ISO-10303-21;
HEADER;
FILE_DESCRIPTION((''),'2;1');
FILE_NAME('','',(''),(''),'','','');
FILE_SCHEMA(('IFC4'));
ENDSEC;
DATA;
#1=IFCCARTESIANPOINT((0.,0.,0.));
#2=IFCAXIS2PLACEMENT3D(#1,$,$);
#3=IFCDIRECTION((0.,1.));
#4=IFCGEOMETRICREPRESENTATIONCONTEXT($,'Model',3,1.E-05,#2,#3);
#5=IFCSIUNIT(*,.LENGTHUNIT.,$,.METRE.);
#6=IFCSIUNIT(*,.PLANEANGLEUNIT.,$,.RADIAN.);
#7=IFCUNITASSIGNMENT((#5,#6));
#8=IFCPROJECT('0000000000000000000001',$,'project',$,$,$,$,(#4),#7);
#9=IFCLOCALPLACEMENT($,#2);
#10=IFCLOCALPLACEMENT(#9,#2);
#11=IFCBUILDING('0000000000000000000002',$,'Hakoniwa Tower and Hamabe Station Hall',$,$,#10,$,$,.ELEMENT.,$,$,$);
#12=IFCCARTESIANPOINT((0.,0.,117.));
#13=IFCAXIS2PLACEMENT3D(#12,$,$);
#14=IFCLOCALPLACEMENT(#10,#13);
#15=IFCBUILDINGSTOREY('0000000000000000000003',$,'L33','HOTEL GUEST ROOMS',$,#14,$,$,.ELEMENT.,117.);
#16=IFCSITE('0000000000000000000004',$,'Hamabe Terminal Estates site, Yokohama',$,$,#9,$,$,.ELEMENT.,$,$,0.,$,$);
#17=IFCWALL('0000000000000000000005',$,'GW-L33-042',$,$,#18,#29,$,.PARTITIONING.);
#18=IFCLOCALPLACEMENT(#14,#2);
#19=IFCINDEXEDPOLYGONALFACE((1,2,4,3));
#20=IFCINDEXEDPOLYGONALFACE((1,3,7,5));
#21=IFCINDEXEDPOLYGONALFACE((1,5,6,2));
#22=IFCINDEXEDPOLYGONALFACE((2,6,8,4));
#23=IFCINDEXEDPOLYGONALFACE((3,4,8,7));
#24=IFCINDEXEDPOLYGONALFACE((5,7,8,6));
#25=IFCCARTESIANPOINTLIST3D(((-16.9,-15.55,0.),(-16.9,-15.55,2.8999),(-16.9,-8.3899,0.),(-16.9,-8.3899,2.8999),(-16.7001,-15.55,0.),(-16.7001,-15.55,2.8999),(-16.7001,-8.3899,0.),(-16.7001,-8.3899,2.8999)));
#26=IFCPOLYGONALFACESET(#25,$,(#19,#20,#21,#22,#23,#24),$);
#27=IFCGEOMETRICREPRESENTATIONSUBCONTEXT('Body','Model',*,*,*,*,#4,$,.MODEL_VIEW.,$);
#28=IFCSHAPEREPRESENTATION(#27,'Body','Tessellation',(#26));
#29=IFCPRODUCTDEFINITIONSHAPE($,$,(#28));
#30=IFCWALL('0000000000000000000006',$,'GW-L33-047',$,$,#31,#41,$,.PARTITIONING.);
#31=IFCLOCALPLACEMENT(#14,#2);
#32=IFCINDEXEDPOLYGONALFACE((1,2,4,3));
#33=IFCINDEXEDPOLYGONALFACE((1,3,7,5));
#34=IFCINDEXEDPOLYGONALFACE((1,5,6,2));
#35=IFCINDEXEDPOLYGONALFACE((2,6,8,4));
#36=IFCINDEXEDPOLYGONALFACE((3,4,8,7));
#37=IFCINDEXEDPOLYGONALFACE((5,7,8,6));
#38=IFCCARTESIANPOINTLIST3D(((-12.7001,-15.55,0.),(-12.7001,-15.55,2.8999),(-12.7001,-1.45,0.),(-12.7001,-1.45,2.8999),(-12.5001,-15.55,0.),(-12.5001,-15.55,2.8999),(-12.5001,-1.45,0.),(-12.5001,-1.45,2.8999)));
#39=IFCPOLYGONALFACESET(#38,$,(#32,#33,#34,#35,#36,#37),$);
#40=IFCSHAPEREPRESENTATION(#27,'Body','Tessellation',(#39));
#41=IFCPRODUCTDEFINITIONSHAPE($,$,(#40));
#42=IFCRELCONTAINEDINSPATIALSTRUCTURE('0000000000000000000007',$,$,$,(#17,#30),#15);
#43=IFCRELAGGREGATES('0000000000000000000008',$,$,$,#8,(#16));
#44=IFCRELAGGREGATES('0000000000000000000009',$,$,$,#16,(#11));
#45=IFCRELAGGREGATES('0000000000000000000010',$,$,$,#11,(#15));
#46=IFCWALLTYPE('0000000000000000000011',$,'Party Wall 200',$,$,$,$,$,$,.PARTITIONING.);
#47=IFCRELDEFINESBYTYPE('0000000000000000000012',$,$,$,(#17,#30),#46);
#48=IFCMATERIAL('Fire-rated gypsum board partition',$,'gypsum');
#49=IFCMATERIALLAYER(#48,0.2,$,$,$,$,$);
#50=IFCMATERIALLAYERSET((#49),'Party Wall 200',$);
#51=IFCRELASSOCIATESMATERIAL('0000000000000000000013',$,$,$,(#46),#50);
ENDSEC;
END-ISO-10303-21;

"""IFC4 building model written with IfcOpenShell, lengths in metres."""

from ifc_helpers import new_model, si_unit, direction, frame, frame_2d, origin, place, context, subcontext, project, spatial, rectangle, extrude, material, layer, layer_set, type_object, element, save


model = new_model("IFC4")

# Units and contexts
model_context = context("Model", 3, precision=1e-05, world=origin(), true_north=direction((0.0, 1.0)))
body_context = subcontext(model_context, "Body", "Model", "MODEL_VIEW")
ifc_project = project(units=[si_unit("LENGTHUNIT", "METRE"), si_unit("PLANEANGLEUNIT", "RADIAN")], contexts=[model_context])

# Site, building, storey
site_placement = place(None, origin())
site = spatial("IfcSite", under=ifc_project, at=site_placement, Name="Hamabe Terminal Estates site, Yokohama", CompositionType="ELEMENT", RefElevation=0.0)
building_placement = place(site_placement, origin())
building = spatial("IfcBuilding", under=site, at=building_placement, Name="Hakoniwa Tower and Hamabe Station Hall", CompositionType="ELEMENT")
storey_placement = place(building_placement, frame((0.0, 0.0, 117.0)))
storey = spatial("IfcBuildingStorey", under=building, at=storey_placement, Name="L33", Description="HOTEL GUEST ROOMS", CompositionType="ELEMENT", Elevation=117.0)

# Walls
ifc_material_1 = material(Name="Fire-rated gypsum board partition", Category="gypsum")
ifc_layer_1 = layer(ifc_material_1, 0.2)
ifc_layer_set_1 = layer_set([ifc_layer_1], Name="Party Wall 200")
wall_type_1 = type_object("IfcWallType", Name="Party Wall 200", PredefinedType="PARTITIONING", material=ifc_layer_set_1)
wall_1_placement = place(storey_placement, frame((-16.8, -15.55, 0.0), z_axis=(0.0, 0.0, 1.0), x_axis=(0.0, 1.0, 0.0)))
element("IfcWall", 1, at=wall_1_placement, inside=storey, type_object=wall_type_1, Name="GW-L33-042", PredefinedType="PARTITIONING", context=body_context, shape_type="SweptSolid", body=[
    extrude(rectangle(XDim=7.1602, YDim=0.2, at=frame_2d((3.5801, 0.0))), origin(), (0.0, 0.0, 1.0), 2.8999),
])
wall_2_placement = place(storey_placement, frame((-12.6001, -15.55, 0.0), z_axis=(0.0, 0.0, 1.0), x_axis=(0.0, 1.0, 0.0)))
element("IfcWall", 2, at=wall_2_placement, inside=storey, type_object=wall_type_1, Name="GW-L33-047", PredefinedType="PARTITIONING", context=body_context, shape_type="SweptSolid", body=[
    extrude(rectangle(XDim=14.1001, YDim=0.2, at=frame_2d((7.05, 0.0))), origin(), (0.0, 0.0, 1.0), 2.8999),
])

save(model, "model.ifc")
